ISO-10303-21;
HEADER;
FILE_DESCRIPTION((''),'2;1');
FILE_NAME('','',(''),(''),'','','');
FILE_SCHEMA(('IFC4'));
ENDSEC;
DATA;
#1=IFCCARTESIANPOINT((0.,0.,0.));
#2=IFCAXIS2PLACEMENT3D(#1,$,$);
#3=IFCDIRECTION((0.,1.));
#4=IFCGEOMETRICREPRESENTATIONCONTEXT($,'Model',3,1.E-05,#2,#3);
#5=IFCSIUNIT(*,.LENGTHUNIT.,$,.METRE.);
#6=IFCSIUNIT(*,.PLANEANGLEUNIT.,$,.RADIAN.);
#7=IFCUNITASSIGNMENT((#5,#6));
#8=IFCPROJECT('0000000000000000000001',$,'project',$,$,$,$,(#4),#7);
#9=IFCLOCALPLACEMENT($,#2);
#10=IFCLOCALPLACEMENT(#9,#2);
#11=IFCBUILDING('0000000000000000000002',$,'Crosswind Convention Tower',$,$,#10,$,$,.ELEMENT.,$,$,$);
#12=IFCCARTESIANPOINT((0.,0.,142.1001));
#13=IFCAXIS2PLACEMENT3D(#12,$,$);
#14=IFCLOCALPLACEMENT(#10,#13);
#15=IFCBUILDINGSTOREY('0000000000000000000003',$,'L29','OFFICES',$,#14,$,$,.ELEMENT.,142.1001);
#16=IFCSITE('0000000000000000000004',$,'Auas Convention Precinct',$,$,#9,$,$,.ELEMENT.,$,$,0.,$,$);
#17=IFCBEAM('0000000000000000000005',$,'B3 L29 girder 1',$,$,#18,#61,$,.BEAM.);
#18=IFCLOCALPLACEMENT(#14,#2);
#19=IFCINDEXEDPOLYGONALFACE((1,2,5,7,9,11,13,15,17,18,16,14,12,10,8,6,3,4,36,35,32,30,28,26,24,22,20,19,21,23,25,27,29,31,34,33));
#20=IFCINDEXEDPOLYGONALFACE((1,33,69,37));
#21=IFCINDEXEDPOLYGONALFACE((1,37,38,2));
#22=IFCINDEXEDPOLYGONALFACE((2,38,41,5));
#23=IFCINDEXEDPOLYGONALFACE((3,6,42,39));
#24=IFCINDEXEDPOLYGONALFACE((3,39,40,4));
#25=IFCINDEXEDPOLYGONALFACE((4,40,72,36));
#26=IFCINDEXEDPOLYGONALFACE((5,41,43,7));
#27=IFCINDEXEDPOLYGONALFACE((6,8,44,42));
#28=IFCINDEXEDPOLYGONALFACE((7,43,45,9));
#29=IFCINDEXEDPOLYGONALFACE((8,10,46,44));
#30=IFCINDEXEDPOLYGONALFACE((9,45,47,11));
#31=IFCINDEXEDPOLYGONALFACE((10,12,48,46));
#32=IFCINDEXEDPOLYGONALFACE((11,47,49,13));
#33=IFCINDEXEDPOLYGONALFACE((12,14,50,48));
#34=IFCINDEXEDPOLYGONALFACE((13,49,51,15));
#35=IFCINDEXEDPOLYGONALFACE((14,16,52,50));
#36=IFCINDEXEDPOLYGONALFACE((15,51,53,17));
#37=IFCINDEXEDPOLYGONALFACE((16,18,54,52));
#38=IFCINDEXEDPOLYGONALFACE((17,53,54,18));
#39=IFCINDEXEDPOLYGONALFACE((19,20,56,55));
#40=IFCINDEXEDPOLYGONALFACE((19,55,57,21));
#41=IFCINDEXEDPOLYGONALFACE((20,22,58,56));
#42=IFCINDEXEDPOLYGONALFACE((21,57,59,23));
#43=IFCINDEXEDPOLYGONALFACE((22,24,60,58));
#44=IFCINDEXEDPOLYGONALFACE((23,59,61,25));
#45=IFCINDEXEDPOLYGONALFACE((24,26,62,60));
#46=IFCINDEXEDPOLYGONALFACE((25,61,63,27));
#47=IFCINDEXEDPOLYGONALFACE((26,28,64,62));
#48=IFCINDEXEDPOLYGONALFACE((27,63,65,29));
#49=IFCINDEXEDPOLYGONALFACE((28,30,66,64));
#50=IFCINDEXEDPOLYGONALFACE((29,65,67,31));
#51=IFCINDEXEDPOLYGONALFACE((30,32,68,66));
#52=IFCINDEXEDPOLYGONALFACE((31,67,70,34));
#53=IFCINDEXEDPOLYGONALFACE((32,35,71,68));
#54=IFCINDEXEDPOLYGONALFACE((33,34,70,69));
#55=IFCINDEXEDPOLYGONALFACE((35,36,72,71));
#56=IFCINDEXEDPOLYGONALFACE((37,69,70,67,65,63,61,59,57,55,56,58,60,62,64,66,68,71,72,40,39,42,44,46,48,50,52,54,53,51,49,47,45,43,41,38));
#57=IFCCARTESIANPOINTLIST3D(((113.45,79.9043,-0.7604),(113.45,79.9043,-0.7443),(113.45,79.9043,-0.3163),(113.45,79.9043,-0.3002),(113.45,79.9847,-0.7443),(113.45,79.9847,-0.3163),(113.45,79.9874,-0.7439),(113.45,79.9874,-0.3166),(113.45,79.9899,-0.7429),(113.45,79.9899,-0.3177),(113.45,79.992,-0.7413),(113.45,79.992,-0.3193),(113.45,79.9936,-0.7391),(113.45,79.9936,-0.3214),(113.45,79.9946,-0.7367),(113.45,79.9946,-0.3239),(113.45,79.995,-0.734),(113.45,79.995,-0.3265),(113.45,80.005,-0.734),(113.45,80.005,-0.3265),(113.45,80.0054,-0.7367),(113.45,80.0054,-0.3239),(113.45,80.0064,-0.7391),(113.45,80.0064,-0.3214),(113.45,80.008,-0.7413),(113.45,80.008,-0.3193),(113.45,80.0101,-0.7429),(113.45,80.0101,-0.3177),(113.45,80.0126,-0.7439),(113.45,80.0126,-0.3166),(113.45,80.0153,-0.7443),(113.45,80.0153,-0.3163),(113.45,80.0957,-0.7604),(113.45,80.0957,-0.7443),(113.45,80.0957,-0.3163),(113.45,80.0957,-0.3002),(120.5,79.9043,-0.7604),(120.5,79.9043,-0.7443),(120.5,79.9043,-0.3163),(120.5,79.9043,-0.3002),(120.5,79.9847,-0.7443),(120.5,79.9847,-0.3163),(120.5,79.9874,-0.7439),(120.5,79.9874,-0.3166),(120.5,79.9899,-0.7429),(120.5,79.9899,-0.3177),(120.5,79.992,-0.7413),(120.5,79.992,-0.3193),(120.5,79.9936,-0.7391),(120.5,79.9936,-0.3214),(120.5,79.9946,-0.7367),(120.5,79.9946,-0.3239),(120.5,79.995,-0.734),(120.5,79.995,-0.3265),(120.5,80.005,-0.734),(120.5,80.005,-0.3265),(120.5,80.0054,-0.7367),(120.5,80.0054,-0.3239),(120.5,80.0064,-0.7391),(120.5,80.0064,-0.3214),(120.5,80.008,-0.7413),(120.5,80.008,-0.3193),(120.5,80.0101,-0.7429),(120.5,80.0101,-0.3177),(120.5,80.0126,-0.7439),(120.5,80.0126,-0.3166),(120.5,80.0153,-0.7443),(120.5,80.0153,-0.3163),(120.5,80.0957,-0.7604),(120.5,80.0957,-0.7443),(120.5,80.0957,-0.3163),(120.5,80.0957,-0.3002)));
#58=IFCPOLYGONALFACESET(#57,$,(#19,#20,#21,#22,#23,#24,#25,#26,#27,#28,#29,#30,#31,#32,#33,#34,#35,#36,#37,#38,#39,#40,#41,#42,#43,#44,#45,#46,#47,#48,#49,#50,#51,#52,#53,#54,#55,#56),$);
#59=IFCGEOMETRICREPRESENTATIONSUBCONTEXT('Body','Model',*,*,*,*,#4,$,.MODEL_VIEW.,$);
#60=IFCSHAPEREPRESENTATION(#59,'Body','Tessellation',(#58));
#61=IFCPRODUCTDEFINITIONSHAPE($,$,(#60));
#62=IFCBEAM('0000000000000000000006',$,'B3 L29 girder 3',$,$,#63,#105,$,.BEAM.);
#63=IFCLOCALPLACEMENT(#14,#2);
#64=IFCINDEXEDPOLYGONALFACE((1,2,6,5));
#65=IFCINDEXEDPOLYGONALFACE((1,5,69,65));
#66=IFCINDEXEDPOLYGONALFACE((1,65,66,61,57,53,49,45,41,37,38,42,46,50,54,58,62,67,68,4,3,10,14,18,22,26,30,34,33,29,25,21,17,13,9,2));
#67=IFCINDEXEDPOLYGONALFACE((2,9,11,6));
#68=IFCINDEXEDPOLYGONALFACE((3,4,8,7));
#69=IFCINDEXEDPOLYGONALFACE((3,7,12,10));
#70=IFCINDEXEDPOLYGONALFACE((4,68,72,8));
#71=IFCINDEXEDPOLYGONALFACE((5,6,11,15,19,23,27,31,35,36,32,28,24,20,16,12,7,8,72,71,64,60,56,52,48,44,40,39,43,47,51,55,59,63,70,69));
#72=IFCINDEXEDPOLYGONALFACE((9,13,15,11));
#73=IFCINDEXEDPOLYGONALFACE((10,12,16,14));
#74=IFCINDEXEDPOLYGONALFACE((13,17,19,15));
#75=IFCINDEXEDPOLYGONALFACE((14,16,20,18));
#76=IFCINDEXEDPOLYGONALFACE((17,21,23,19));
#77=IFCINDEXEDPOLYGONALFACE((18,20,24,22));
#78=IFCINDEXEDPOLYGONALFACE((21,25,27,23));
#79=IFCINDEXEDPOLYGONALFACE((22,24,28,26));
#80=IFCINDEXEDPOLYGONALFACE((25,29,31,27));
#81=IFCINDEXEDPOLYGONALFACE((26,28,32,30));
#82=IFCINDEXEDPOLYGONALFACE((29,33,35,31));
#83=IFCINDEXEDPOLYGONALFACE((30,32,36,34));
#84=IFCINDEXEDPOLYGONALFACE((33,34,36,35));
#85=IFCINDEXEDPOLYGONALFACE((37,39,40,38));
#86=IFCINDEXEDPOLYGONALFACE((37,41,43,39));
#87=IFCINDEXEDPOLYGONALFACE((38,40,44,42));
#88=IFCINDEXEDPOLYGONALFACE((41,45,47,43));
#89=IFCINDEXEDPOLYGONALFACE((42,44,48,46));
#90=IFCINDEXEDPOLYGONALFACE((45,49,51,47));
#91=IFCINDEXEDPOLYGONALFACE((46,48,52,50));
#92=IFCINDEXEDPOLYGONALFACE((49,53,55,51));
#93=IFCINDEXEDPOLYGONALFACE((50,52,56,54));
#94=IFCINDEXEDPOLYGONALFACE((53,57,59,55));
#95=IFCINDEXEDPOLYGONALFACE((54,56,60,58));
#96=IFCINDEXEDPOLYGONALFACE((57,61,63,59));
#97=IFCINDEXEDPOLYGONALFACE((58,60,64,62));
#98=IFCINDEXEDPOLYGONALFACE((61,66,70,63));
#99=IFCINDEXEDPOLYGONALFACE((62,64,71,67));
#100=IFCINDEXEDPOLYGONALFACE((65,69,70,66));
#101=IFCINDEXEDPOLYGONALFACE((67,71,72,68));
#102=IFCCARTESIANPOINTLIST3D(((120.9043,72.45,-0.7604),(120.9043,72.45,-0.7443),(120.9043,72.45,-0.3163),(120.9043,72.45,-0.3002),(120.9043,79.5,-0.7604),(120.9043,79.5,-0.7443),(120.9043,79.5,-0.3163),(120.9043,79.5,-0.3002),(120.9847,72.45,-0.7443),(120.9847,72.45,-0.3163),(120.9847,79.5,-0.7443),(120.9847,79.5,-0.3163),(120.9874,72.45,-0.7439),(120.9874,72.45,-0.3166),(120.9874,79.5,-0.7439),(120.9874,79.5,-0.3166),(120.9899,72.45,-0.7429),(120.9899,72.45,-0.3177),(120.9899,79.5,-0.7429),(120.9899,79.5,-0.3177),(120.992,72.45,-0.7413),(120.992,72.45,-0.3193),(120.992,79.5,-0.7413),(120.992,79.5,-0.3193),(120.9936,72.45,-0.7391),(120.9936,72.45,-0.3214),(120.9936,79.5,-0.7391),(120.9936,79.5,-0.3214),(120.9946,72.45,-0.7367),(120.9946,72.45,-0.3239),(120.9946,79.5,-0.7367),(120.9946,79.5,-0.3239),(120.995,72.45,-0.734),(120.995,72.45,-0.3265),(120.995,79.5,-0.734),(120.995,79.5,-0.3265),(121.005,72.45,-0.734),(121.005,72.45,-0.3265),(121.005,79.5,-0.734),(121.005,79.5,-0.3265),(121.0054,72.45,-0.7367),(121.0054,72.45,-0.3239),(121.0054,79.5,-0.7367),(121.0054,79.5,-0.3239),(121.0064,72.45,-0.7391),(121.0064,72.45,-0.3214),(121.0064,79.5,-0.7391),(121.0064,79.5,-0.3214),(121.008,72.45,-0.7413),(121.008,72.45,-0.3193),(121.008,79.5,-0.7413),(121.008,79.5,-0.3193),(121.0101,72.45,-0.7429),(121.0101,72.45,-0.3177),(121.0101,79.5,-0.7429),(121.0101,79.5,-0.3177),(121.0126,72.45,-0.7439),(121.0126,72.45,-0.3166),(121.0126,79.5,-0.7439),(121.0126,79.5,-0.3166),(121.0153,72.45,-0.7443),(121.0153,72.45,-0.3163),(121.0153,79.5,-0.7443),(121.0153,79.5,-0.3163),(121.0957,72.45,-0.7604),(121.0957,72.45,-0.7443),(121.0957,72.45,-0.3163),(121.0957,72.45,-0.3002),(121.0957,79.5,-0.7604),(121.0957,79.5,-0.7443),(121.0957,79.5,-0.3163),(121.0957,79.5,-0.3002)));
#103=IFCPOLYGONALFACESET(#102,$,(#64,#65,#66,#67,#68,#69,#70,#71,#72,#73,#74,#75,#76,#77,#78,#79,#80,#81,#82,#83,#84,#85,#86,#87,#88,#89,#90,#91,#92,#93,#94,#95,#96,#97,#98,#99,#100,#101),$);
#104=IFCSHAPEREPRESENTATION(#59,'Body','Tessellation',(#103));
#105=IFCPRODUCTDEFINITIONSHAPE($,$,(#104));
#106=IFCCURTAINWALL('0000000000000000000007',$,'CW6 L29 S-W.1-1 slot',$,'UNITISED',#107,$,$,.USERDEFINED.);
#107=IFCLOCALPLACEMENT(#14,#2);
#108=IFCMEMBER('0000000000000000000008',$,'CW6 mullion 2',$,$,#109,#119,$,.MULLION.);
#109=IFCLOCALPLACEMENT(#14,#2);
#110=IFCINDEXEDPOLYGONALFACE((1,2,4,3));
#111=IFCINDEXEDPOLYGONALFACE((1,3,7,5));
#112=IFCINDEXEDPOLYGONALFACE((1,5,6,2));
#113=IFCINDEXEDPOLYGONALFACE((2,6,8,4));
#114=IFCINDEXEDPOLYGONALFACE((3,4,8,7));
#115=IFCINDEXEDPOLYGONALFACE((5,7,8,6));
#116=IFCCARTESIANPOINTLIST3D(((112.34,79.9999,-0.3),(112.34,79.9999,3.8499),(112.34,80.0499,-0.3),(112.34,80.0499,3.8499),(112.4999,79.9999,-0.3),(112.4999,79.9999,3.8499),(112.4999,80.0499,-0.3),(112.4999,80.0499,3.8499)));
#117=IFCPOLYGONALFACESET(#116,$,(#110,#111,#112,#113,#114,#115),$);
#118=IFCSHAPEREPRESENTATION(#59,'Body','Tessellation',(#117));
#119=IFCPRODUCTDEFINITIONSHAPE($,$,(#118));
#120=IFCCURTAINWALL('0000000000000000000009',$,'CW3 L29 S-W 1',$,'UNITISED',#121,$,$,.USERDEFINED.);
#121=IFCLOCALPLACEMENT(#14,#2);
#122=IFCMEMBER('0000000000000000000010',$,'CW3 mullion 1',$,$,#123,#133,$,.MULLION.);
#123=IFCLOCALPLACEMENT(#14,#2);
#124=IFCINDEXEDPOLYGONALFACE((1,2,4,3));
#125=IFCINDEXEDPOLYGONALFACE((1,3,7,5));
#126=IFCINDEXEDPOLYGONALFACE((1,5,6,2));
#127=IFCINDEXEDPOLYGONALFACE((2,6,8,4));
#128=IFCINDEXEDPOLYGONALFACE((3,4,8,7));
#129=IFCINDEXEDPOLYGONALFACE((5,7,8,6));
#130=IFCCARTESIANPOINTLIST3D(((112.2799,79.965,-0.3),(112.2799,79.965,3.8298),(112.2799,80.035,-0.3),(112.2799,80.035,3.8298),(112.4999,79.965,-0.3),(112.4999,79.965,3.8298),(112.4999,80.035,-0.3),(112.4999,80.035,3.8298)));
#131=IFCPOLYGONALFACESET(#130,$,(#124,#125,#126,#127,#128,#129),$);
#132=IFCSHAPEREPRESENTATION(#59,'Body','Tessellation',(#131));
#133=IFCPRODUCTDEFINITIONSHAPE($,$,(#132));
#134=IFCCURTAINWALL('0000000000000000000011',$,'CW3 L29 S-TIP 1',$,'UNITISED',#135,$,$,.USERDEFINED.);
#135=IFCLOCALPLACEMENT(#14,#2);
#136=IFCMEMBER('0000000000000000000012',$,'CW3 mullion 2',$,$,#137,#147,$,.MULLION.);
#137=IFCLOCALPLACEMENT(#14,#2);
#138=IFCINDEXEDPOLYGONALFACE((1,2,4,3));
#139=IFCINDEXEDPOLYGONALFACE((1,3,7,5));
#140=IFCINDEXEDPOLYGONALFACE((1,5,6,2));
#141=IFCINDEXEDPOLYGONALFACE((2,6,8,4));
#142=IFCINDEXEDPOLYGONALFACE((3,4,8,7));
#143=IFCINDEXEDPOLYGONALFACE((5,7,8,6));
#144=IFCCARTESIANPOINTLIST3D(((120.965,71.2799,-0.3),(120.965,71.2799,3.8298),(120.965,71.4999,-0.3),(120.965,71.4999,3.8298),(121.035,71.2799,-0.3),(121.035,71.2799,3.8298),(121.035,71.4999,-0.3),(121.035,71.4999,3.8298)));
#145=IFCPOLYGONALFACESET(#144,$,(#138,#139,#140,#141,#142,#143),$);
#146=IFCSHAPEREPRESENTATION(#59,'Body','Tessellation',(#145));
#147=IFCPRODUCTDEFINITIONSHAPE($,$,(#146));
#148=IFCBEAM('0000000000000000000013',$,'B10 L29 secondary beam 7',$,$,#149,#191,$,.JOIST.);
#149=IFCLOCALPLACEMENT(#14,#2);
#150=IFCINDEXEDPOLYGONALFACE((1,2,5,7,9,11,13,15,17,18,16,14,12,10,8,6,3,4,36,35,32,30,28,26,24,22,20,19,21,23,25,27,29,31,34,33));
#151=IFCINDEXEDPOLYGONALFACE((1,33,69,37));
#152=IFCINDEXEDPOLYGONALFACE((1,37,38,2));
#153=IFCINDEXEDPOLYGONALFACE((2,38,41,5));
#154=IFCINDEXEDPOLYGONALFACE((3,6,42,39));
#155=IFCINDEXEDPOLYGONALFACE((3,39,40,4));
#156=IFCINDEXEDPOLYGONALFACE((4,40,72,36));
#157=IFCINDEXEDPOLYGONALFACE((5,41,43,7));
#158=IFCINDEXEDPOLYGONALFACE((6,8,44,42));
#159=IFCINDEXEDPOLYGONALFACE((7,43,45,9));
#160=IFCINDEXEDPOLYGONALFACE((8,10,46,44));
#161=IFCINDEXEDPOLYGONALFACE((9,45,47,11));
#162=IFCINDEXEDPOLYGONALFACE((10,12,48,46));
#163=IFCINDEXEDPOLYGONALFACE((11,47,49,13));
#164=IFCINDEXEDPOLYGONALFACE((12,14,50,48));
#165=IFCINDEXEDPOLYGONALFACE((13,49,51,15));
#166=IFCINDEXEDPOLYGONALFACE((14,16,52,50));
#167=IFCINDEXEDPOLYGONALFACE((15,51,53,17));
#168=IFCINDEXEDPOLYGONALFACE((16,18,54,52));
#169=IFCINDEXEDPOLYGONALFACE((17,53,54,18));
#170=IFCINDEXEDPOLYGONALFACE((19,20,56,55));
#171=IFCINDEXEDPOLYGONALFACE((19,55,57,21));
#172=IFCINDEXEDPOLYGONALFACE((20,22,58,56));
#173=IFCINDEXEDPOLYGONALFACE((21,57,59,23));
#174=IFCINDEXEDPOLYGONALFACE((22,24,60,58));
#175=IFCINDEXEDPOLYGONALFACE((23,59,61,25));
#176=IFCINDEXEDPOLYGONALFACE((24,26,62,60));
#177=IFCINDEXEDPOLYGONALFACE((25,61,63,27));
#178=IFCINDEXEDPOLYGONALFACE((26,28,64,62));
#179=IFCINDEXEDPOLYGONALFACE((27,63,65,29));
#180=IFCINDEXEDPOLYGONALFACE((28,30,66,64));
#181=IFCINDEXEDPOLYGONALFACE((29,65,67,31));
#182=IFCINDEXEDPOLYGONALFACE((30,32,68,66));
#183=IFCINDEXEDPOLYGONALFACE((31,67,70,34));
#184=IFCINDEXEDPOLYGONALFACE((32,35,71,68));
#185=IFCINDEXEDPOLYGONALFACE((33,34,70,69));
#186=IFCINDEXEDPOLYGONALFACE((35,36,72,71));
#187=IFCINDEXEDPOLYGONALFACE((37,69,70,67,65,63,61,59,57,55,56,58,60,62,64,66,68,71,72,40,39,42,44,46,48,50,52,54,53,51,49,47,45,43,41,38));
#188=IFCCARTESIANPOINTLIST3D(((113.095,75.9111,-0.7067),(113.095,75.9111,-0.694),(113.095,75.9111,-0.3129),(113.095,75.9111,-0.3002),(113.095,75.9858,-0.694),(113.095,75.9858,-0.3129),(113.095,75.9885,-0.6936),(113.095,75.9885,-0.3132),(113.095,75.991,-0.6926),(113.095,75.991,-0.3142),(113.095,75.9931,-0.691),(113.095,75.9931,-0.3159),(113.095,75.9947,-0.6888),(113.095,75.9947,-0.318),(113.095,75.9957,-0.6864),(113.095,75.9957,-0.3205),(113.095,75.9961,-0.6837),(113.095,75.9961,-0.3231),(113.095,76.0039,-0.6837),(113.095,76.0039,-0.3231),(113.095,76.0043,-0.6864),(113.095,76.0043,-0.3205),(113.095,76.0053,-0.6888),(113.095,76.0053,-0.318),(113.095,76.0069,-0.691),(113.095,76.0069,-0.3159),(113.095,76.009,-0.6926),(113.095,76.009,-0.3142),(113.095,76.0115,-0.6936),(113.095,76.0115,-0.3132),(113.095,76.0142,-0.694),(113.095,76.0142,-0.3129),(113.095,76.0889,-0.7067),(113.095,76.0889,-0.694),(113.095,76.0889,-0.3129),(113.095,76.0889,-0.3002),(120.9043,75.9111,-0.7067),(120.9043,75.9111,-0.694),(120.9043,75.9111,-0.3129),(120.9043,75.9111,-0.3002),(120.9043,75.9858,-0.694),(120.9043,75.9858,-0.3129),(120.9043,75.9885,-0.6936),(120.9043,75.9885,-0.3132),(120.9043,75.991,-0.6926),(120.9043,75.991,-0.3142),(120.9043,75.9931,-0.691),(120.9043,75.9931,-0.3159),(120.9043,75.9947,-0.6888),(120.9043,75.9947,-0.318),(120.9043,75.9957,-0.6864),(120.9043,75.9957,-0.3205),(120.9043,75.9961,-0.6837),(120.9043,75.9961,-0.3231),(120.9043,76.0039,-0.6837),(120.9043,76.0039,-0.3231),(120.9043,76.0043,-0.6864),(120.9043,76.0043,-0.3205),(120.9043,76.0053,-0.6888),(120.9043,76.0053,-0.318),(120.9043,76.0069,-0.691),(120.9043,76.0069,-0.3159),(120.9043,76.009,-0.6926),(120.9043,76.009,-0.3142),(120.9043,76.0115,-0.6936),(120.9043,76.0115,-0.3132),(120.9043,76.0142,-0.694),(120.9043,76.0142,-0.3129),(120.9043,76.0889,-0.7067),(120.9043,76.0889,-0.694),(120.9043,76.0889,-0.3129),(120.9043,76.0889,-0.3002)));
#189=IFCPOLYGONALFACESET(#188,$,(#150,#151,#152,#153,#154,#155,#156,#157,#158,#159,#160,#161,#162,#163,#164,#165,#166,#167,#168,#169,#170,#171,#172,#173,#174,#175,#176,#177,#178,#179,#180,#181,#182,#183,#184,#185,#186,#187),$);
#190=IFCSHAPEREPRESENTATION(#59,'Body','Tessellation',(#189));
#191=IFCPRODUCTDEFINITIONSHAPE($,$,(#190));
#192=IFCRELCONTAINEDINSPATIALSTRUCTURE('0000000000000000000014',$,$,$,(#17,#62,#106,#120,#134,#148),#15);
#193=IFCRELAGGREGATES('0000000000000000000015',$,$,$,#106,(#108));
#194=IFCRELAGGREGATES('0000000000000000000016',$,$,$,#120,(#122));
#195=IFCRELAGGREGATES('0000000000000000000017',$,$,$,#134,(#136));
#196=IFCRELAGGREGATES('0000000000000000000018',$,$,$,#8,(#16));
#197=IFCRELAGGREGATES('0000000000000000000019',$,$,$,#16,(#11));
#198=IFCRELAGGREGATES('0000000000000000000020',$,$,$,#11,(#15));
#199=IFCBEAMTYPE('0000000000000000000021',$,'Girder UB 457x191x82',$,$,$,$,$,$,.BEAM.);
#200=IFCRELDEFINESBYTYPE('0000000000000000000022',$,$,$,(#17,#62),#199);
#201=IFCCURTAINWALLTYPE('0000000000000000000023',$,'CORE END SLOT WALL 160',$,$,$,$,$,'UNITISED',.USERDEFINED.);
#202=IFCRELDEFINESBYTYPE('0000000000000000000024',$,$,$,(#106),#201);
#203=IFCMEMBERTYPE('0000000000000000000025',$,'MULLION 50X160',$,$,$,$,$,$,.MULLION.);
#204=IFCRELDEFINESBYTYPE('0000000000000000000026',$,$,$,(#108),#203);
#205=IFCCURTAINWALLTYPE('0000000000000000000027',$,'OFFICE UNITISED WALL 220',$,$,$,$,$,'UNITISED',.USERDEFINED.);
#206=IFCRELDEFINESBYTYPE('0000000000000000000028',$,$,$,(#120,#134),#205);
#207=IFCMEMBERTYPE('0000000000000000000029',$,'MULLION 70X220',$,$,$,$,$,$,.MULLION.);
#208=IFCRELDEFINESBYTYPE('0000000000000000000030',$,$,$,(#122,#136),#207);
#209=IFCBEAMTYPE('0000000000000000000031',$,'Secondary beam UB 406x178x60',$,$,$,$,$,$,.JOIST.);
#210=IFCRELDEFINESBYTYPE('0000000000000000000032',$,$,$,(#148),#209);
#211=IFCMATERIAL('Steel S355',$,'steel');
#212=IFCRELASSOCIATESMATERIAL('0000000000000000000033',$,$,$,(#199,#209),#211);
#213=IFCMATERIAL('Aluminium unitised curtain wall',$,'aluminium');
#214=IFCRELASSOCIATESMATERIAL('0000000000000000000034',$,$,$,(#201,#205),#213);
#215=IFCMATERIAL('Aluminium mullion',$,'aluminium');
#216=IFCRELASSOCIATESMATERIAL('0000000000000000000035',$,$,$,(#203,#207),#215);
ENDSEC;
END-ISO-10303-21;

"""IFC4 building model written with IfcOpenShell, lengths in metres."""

from ifc_helpers import new_model, si_unit, direction, frame, origin, origin_2d, place, context, subcontext, project, spatial, rectangle, i_section, extrude, material, material_profile, profile_set, type_object, element, aggregate, save


model = new_model("IFC4")

# Units and contexts
model_context = context("Model", 3, precision=1e-05, world=origin(), true_north=direction((0.0, 1.0)))
body_context = subcontext(model_context, "Body", "Model", "MODEL_VIEW")
ifc_project = project(units=[si_unit("LENGTHUNIT", "METRE"), si_unit("PLANEANGLEUNIT", "RADIAN")], contexts=[model_context])

# Site, building, storey
site_placement = place(None, origin())
site = spatial("IfcSite", under=ifc_project, at=site_placement, Name="Auas Convention Precinct", CompositionType="ELEMENT", RefElevation=0.0)
building_placement = place(site_placement, origin())
building = spatial("IfcBuilding", under=site, at=building_placement, Name="Crosswind Convention Tower", CompositionType="ELEMENT")
storey_placement = place(building_placement, frame((0.0, 0.0, 142.1001)))
storey = spatial("IfcBuildingStorey", under=building, at=storey_placement, Name="L29", Description="OFFICES", CompositionType="ELEMENT", Elevation=142.1001)

# Beams
ifc_material_1 = material(Name="Steel S355", Category="steel")
ifc_material_profile_1 = material_profile(ifc_material_1, i_section(OverallWidth=0.1914, OverallDepth=0.4602, WebThickness=0.01, FlangeThickness=0.0161, FilletRadius=0.0103, at=origin_2d()), Name="UB 457x191x82")
ifc_profile_set_1 = profile_set([ifc_material_profile_1], Name="Steel S355")
beam_type_1 = type_object("IfcBeamType", Name="Girder UB 457x191x82", PredefinedType="BEAM", material=ifc_profile_set_1)
for number, where, z_axis, x_axis, name in (
    (1, (113.45, 80.0, -0.5303), (1.0, 0.0, 0.0), (0.0, 1.0, 0.0), "B3 L29 girder 1"),
    (2, (121.0, 72.45, -0.5303), (0.0, 1.0, 0.0), (-1.0, 0.0, 0.0), "B3 L29 girder 3"),
):
    element("IfcBeam", number, at=place(storey_placement, frame(where, z_axis=z_axis, x_axis=x_axis)), inside=storey, type_object=beam_type_1, Name=name, PredefinedType="BEAM", context=body_context, shape_type="SweptSolid", body=[
        extrude(i_section(OverallWidth=0.1914, OverallDepth=0.4602, WebThickness=0.01, FlangeThickness=0.0161, FilletRadius=0.0103, at=origin_2d()), origin(), (0.0, 0.0, 1.0), 7.05),
    ])

# Curtain walls, members
ifc_material_2 = material(Name="Aluminium unitised curtain wall", Category="aluminium")
curtain_wall_type_1 = type_object("IfcCurtainWallType", Name="CORE END SLOT WALL 160", ElementType="UNITISED", PredefinedType="USERDEFINED", material=ifc_material_2)
curtain_wall_1_placement = place(storey_placement, origin())
curtain_wall_1 = element("IfcCurtainWall", 3, at=curtain_wall_1_placement, inside=storey, type_object=curtain_wall_type_1, Name="CW6 L29 S-W.1-1 slot", ObjectType="UNITISED", PredefinedType="USERDEFINED")
ifc_material_3 = material(Name="Aluminium mullion", Category="aluminium")
ifc_material_profile_2 = material_profile(ifc_material_3, rectangle(XDim=0.1599, YDim=0.05, at=origin_2d()), Name="AL 160X50")
ifc_profile_set_2 = profile_set([ifc_material_profile_2], Name="Aluminium mullion")
member_type_1 = type_object("IfcMemberType", Name="MULLION 50X160", PredefinedType="MULLION", material=ifc_profile_set_2)
member_1_placement = place(storey_placement, frame((112.4199, 80.0249, -0.3), z_axis=(0.0, 0.0, 1.0), x_axis=(-1.0, 0.0, 0.0)))
member_1 = element("IfcMember", 4, at=member_1_placement, type_object=member_type_1, Name="CW6 mullion 2", PredefinedType="MULLION", context=body_context, shape_type="SweptSolid", body=[
    extrude(rectangle(XDim=0.1599, YDim=0.05, at=origin_2d()), origin(), (0.0, 0.0, 1.0), 4.1499),
])
aggregate(curtain_wall_1, [member_1])
curtain_wall_type_2 = type_object("IfcCurtainWallType", Name="OFFICE UNITISED WALL 220", ElementType="UNITISED", PredefinedType="USERDEFINED", material=ifc_material_2)
curtain_wall_2_placement = place(storey_placement, origin())
curtain_wall_2 = element("IfcCurtainWall", 5, at=curtain_wall_2_placement, inside=storey, type_object=curtain_wall_type_2, Name="CW3 L29 S-W 1", ObjectType="UNITISED", PredefinedType="USERDEFINED")
ifc_material_profile_3 = material_profile(ifc_material_3, rectangle(XDim=0.22, YDim=0.0701, at=origin_2d()), Name="AL 220X70")
ifc_profile_set_3 = profile_set([ifc_material_profile_3], Name="Aluminium mullion")
member_type_2 = type_object("IfcMemberType", Name="MULLION 70X220", PredefinedType="MULLION", material=ifc_profile_set_3)
member_2_placement = place(storey_placement, frame((112.3899, 80.0, -0.3), z_axis=(0.0, 0.0, 1.0), x_axis=(-1.0, 0.0, 0.0)))
member_2 = element("IfcMember", 6, at=member_2_placement, type_object=member_type_2, Name="CW3 mullion 1", PredefinedType="MULLION", context=body_context, shape_type="SweptSolid", body=[
    extrude(rectangle(XDim=0.22, YDim=0.0701, at=origin_2d()), origin(), (0.0, 0.0, 1.0), 4.1299),
])
aggregate(curtain_wall_2, [member_2])
curtain_wall_3_placement = place(storey_placement, origin())
curtain_wall_3 = element("IfcCurtainWall", 7, at=curtain_wall_3_placement, inside=storey, type_object=curtain_wall_type_2, Name="CW3 L29 S-TIP 1", ObjectType="UNITISED", PredefinedType="USERDEFINED")
member_3_placement = place(storey_placement, frame((121.0, 71.3899, -0.3), z_axis=(0.0, 0.0, 1.0), x_axis=(0.0, -1.0, 0.0)))
member_3 = element("IfcMember", 8, at=member_3_placement, type_object=member_type_2, Name="CW3 mullion 2", PredefinedType="MULLION", context=body_context, shape_type="SweptSolid", body=[
    extrude(rectangle(XDim=0.22, YDim=0.0701, at=origin_2d()), origin(), (0.0, 0.0, 1.0), 4.1299),
])

# Beam
ifc_material_profile_4 = material_profile(ifc_material_1, i_section(OverallWidth=0.1777, OverallDepth=0.4065, WebThickness=0.0078, FlangeThickness=0.0127, FilletRadius=0.0103, at=origin_2d()), Name="UB 406x178x60")
ifc_profile_set_4 = profile_set([ifc_material_profile_4], Name="Steel S355")
beam_type_2 = type_object("IfcBeamType", Name="Secondary beam UB 406x178x60", PredefinedType="JOIST", material=ifc_profile_set_4)
beam_1_placement = place(storey_placement, frame((113.095, 76.0, -0.5034), z_axis=(1.0, 0.0, 0.0), x_axis=(0.0, 1.0, 0.0)))
element("IfcBeam", 9, at=beam_1_placement, inside=storey, type_object=beam_type_2, Name="B10 L29 secondary beam 7", PredefinedType="JOIST", context=body_context, shape_type="SweptSolid", body=[
    extrude(i_section(OverallWidth=0.1777, OverallDepth=0.4065, WebThickness=0.0078, FlangeThickness=0.0127, FilletRadius=0.0103, at=origin_2d()), origin(), (0.0, 0.0, 1.0), 7.8093),
])

aggregate(curtain_wall_3, [member_3])

save(model, "model.ifc")
